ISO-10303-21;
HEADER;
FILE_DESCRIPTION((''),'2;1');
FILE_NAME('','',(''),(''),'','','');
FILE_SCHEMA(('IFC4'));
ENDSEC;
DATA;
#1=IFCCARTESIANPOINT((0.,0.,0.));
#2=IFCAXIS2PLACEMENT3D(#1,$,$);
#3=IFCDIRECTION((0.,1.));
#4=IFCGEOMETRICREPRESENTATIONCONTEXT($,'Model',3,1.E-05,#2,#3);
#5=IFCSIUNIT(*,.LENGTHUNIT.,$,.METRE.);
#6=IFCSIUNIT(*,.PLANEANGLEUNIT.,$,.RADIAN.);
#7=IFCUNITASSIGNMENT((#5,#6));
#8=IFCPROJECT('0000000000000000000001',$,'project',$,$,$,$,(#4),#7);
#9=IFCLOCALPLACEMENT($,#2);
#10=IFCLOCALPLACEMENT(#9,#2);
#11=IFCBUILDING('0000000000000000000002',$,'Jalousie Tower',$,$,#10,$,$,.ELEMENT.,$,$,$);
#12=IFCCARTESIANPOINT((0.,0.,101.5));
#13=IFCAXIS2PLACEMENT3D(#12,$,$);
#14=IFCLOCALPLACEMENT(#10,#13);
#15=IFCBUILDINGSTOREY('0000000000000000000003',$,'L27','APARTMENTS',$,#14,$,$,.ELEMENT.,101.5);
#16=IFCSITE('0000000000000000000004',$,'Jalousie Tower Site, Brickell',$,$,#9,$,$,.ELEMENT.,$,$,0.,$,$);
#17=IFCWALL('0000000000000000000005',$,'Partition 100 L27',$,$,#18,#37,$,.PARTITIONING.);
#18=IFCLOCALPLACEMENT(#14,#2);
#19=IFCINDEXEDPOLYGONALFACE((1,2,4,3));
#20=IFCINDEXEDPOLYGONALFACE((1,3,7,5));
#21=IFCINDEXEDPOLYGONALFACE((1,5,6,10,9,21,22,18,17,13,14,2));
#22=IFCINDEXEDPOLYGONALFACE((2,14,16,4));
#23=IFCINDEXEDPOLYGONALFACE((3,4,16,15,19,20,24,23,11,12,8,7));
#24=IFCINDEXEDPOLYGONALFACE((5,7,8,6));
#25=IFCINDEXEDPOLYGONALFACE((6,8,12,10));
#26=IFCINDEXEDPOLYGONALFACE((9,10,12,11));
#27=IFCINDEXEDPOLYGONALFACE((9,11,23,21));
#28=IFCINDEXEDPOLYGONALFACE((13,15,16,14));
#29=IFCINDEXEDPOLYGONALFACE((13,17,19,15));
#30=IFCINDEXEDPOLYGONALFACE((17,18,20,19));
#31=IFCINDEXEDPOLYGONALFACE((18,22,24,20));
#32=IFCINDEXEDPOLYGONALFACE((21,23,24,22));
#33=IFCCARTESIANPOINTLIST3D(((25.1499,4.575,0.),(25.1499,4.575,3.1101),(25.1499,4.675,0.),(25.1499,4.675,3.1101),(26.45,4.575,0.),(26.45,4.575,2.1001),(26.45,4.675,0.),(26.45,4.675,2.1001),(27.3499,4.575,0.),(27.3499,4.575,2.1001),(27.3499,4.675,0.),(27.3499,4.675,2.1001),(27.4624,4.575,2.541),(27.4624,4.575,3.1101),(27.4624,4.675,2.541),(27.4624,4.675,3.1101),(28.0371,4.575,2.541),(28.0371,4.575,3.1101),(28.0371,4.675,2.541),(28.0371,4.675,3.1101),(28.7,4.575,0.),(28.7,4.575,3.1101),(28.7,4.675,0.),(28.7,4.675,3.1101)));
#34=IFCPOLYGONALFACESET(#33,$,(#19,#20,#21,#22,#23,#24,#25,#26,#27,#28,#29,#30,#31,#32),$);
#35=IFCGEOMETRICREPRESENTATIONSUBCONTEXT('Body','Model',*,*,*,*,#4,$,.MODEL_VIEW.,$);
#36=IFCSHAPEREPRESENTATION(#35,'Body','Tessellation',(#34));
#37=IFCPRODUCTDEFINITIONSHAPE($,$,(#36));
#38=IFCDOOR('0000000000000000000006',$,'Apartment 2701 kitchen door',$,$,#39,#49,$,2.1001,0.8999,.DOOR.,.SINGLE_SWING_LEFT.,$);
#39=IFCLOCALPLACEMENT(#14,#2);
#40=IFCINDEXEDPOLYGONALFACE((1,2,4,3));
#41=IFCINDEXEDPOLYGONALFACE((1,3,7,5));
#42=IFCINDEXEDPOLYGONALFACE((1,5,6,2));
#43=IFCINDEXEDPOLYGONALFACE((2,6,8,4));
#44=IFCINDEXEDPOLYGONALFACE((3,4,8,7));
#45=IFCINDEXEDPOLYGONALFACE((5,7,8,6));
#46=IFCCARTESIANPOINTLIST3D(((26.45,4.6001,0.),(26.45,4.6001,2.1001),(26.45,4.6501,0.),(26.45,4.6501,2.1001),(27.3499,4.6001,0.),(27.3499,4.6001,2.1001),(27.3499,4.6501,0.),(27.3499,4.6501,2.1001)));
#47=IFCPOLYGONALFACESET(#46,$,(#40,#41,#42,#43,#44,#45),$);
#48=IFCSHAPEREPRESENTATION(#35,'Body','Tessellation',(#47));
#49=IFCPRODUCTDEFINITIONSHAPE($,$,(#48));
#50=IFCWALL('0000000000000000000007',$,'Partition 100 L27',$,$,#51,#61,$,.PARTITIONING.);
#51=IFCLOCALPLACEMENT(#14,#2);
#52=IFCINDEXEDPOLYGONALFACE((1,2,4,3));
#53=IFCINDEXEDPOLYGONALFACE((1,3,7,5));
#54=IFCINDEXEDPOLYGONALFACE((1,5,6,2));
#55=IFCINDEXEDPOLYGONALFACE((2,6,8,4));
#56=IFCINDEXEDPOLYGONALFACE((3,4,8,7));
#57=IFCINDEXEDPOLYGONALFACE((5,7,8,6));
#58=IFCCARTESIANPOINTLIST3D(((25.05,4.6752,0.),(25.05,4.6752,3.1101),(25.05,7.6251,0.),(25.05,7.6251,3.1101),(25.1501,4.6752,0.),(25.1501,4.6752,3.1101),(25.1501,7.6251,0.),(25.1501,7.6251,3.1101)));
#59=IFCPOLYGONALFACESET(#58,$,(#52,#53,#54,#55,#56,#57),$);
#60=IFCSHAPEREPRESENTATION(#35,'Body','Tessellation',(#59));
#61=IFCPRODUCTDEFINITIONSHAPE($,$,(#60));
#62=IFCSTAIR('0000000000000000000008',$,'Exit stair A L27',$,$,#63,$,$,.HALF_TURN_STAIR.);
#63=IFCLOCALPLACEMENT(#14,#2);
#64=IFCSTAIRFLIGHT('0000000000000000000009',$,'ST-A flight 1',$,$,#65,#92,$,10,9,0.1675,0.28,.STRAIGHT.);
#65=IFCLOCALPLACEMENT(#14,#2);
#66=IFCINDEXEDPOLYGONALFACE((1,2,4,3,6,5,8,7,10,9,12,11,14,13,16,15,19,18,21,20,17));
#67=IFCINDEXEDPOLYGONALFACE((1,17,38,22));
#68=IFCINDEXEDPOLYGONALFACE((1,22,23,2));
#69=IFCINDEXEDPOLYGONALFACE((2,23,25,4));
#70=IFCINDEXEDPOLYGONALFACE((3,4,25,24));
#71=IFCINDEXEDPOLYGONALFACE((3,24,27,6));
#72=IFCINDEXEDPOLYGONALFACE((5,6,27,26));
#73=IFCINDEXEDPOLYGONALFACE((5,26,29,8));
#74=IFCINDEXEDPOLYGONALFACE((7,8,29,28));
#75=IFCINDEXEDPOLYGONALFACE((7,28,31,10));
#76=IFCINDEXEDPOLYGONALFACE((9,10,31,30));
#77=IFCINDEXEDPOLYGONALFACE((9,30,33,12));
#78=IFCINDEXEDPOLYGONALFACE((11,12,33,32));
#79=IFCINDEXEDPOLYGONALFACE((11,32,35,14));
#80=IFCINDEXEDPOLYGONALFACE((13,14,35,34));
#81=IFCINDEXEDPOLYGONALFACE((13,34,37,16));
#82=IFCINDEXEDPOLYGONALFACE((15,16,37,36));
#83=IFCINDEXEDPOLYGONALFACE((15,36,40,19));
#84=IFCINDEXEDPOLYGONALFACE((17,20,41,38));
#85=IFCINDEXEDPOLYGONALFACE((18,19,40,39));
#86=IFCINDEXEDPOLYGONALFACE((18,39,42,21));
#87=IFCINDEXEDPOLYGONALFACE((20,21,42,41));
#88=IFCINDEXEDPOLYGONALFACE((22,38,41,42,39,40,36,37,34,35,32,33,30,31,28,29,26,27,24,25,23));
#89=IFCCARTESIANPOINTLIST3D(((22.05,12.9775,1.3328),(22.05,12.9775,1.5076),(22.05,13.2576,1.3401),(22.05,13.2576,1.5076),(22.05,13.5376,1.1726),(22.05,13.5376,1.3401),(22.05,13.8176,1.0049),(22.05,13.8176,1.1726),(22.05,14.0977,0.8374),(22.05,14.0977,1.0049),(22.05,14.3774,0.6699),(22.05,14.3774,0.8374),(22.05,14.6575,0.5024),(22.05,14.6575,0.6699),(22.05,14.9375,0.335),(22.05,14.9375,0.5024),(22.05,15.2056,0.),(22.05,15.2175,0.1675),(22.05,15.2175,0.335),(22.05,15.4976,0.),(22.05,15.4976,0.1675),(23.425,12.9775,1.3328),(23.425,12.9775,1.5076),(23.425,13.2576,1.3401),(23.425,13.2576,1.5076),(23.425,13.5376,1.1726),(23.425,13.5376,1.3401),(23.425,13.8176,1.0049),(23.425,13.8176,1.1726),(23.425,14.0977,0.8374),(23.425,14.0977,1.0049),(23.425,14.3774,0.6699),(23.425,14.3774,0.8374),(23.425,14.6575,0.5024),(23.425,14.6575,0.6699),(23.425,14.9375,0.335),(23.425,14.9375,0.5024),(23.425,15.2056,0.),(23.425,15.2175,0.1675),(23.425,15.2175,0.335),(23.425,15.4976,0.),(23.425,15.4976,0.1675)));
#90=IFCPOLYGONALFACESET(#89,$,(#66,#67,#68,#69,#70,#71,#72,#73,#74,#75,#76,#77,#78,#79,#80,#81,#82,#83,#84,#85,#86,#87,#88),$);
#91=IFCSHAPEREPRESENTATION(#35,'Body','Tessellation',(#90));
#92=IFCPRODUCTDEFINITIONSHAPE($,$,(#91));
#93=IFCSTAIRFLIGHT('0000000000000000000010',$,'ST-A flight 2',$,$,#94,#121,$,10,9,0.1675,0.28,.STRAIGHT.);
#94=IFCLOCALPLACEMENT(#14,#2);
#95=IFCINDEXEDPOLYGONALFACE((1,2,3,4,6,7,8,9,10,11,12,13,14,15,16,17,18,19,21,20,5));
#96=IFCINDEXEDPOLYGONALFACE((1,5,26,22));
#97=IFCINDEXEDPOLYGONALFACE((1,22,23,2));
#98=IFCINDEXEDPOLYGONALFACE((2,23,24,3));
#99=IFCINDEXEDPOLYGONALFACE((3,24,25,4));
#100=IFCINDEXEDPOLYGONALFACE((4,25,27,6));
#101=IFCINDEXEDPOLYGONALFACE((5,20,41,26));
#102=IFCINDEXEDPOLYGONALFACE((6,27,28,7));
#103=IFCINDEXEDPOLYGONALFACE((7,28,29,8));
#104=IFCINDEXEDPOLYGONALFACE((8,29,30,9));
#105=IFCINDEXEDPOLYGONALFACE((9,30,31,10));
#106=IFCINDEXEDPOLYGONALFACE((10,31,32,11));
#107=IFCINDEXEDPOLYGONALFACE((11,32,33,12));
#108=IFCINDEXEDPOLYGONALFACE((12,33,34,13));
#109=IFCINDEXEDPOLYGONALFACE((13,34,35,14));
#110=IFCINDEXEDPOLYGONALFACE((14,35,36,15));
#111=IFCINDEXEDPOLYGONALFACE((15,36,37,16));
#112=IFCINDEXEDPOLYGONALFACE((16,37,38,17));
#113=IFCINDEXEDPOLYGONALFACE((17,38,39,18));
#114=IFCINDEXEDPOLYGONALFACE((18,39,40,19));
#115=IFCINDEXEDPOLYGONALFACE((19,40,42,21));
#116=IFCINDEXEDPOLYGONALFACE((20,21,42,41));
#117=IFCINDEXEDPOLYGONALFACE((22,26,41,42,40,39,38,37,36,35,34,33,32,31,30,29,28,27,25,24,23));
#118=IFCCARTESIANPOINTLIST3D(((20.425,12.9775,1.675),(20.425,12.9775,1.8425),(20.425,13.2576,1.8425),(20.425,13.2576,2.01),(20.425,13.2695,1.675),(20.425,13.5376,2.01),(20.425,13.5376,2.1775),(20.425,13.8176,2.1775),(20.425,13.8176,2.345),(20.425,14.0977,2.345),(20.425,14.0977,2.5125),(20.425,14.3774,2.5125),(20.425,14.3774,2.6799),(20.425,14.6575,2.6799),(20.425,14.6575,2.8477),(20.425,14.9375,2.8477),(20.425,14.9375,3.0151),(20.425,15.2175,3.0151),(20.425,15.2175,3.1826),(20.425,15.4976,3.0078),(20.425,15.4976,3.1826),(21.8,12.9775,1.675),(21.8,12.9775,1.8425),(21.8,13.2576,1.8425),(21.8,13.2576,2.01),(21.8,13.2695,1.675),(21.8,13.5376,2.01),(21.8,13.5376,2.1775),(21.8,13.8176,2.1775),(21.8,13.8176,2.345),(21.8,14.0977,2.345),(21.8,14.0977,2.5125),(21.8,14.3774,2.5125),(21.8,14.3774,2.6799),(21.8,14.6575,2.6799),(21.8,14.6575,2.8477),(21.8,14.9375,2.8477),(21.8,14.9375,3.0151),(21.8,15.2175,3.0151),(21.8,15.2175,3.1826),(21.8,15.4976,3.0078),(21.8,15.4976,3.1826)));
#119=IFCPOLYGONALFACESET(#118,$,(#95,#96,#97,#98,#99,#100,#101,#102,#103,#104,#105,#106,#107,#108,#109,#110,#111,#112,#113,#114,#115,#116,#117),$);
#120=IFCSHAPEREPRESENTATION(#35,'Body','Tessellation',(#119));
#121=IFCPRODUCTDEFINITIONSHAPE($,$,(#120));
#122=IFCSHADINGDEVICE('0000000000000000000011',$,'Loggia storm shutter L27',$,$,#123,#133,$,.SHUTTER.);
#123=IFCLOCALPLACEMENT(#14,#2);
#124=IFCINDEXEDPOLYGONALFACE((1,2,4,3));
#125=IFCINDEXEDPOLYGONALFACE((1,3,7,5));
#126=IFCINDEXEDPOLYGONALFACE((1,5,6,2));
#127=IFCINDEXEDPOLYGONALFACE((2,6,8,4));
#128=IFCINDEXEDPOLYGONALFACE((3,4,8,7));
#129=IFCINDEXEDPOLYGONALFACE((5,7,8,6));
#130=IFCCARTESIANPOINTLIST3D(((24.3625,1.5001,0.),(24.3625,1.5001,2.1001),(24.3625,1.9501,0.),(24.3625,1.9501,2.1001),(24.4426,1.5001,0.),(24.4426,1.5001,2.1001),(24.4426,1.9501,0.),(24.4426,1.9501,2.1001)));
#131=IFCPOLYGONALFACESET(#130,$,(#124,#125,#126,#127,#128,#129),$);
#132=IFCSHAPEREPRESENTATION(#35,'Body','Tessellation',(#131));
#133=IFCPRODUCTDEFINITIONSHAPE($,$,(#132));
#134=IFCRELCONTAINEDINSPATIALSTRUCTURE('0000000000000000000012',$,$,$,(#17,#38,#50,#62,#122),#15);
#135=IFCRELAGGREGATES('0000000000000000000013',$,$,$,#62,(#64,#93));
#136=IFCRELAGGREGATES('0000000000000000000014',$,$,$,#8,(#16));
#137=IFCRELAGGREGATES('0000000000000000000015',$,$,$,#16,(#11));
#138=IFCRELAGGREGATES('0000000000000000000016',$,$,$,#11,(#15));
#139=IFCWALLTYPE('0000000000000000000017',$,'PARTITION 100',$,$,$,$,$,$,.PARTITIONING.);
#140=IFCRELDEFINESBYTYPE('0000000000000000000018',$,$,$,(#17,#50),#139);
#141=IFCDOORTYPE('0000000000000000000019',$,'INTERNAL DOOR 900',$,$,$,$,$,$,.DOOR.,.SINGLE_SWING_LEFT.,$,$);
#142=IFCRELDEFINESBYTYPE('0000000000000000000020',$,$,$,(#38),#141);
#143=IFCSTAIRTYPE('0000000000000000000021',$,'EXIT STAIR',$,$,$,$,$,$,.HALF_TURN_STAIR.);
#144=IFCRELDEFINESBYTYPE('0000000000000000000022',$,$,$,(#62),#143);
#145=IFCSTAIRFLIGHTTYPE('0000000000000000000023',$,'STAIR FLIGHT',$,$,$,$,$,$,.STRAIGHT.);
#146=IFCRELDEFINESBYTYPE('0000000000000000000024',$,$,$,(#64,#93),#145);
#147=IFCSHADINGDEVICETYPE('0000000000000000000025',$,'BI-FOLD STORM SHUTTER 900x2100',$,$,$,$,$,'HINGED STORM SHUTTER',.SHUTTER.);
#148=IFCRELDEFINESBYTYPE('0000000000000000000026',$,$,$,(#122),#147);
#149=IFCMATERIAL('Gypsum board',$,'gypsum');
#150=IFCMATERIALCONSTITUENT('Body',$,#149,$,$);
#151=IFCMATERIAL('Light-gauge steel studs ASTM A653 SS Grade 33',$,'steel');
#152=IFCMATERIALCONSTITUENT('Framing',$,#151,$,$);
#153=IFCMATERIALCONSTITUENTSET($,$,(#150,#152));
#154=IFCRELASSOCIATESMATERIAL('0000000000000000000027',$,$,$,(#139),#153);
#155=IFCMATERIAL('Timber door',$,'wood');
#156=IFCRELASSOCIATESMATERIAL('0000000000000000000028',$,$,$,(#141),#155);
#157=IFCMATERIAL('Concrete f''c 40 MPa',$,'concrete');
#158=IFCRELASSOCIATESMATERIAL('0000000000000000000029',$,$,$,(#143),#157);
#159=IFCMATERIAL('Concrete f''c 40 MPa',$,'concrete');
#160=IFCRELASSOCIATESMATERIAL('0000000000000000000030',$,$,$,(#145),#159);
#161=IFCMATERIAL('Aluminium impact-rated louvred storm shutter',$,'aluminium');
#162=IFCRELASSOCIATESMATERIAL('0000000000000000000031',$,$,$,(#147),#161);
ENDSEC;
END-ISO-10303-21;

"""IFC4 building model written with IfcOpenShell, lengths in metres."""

from ifc_helpers import new_model, si_unit, direction, frame, frame_2d, origin, origin_2d, place, context, subcontext, project, spatial, polyline, rectangle, outline, extrude, material, constituent, constituent_set, type_object, element, fill, aggregate, save


model = new_model("IFC4")

# Units and contexts
model_context = context("Model", 3, precision=1e-05, world=origin(), true_north=direction((0.0, 1.0)))
body_context = subcontext(model_context, "Body", "Model", "MODEL_VIEW")
ifc_project = project(units=[si_unit("LENGTHUNIT", "METRE"), si_unit("PLANEANGLEUNIT", "RADIAN")], contexts=[model_context])

# Site, building, storey
site_placement = place(None, origin())
site = spatial("IfcSite", under=ifc_project, at=site_placement, Name="Jalousie Tower Site, Brickell", CompositionType="ELEMENT", RefElevation=0.0)
building_placement = place(site_placement, origin())
building = spatial("IfcBuilding", under=site, at=building_placement, Name="Jalousie Tower", CompositionType="ELEMENT")
storey_placement = place(building_placement, frame((0.0, 0.0, 101.5)))
storey = spatial("IfcBuildingStorey", under=building, at=storey_placement, Name="L27", Description="APARTMENTS", CompositionType="ELEMENT", Elevation=101.5)

# Wall, opening, door
ifc_material_1 = material(Name="Gypsum board", Category="gypsum")
ifc_constituent_1 = constituent(ifc_material_1, Name="Body")
ifc_material_2 = material(Name="Light-gauge steel studs ASTM A653 SS Grade 33", Category="steel")
ifc_constituent_2 = constituent(ifc_material_2, Name="Framing")
ifc_constituent_set_1 = constituent_set(constituents=[ifc_constituent_1, ifc_constituent_2])
wall_type_1 = type_object("IfcWallType", Name="PARTITION 100", PredefinedType="PARTITIONING", material=ifc_constituent_set_1)
wall_1_placement = place(storey_placement, frame((25.1499, 4.625, 0.0), z_axis=(0.0, 0.0, 1.0), x_axis=(1.0, 0.0, 0.0)))
wall_1 = element("IfcWall", 1, at=wall_1_placement, inside=storey, type_object=wall_type_1, Name="Partition 100 L27", PredefinedType="PARTITIONING", context=body_context, shape_type="SweptSolid", body=[
    extrude(outline(polyline([(0.0, 0.0), (3.55, 0.0), (3.55, 3.1101), (2.8872, 3.1101), (2.8872, 2.541), (2.3125, 2.541), (2.3125, 3.1101), (0.0, 3.1101), (0.0, 0.0)])), frame((0.0, 0.05, 0.0), z_axis=(0.0, -1.0, 0.0), x_axis=(1.0, 0.0, 0.0)), (0.0, 0.0, 1.0), 0.1001),
])
opening_1_placement = place(wall_1_placement, frame((1.3, 0.0, 0.0)))
opening_1 = element("IfcOpeningElement", 2, at=opening_1_placement, cuts=wall_1, PredefinedType="OPENING", context=body_context, shape_type="SweptSolid", body=[
    extrude(rectangle(XDim=0.8999, YDim=2.1001, at=frame_2d((0.45, 1.05))), frame((0.0, 0.0601, 0.0), z_axis=(0.0, -1.0, 0.0), x_axis=(1.0, 0.0, 0.0)), (0.0, 0.0, 1.0), 0.1201),
])
ifc_material_3 = material(Name="Timber door", Category="wood")
door_type_1 = type_object("IfcDoorType", Name="INTERNAL DOOR 900", OperationType="SINGLE_SWING_LEFT", PredefinedType="DOOR", material=ifc_material_3)
door_1_placement = place(opening_1_placement, frame((0.8999, 0.0, 0.0), z_axis=(0.0, 0.0, 1.0), x_axis=(-1.0, 0.0, 0.0)))
door_1 = element("IfcDoor", 3, at=door_1_placement, inside=storey, type_object=door_type_1, Name="Apartment 2701 kitchen door", OperationType="SINGLE_SWING_LEFT", OverallHeight=2.1001, OverallWidth=0.8999, PredefinedType="DOOR", context=body_context, shape_type="SweptSolid", body=[
    extrude(rectangle(XDim=0.8999, YDim=2.1001, at=frame_2d((0.45, 1.05))), frame((0.0, 0.0249, 0.0), z_axis=(0.0, -1.0, 0.0), x_axis=(1.0, 0.0, 0.0)), (0.0, 0.0, 1.0), 0.05),
])
fill(opening_1, door_1)

# Wall
wall_2_placement = place(storey_placement, frame((25.1001, 4.675, 0.0), z_axis=(0.0, 0.0, 1.0), x_axis=(0.0, 1.0, 0.0)))
element("IfcWall", 4, at=wall_2_placement, inside=storey, type_object=wall_type_1, Name="Partition 100 L27", PredefinedType="PARTITIONING", context=body_context, shape_type="SweptSolid", body=[
    extrude(rectangle(XDim=2.95, YDim=0.1001, at=frame_2d((1.4751, 0.0))), origin(), (0.0, 0.0, 1.0), 3.1101),
])

# Stair, stair flights
ifc_material_4 = material(Name="Concrete f'c 40 MPa", Category="concrete")
stair_type = type_object("IfcStairType", Name="EXIT STAIR", PredefinedType="HALF_TURN_STAIR", material=ifc_material_4)
stair_placement = place(storey_placement, origin())
stair = element("IfcStair", 5, at=stair_placement, inside=storey, type_object=stair_type, Name="Exit stair A L27", PredefinedType="HALF_TURN_STAIR")
ifc_material_5 = material(Name="Concrete f'c 40 MPa", Category="concrete")
stair_flight_type = type_object("IfcStairFlightType", Name="STAIR FLIGHT", PredefinedType="STRAIGHT", material=ifc_material_5)
stair_flight_1_placement = place(storey_placement, frame((22.7375, 15.4976, 0.0), z_axis=(0.0, 0.0, 1.0), x_axis=(0.0, -1.0, 0.0)))
stair_flight_1 = element("IfcStairFlight", 6, at=stair_flight_1_placement, type_object=stair_flight_type, Name="ST-A flight 1", NumberOfRisers=10, NumberOfTreads=9, PredefinedType="STRAIGHT", RiserHeight=0.1675, TreadLength=0.28, context=body_context, shape_type="SweptSolid", body=[
    extrude(outline(polyline([(0.0, 0.0), (0.0, 0.1675), (0.28, 0.1675), (0.28, 0.335), (0.5601, 0.335), (0.5601, 0.5024), (0.8401, 0.5024), (0.8401, 0.6699), (1.1201, 0.6699), (1.1201, 0.8374), (1.3999, 0.8374), (1.3999, 1.0049), (1.6799, 1.0049), (1.6799, 1.1726), (1.96, 1.1726), (1.96, 1.3401), (2.24, 1.3401), (2.24, 1.5076), (2.52, 1.5076), (2.52, 1.675), (2.52, 1.3328), (0.292, 0.0), (0.0, 0.0)])), frame((0.0, 0.6875, 0.0), z_axis=(0.0, -1.0, 0.0), x_axis=(1.0, 0.0, 0.0)), (0.0, 0.0, 1.0), 1.375),
])
stair_flight_2_placement = place(storey_placement, frame((21.1125, 12.9775, 1.675), z_axis=(0.0, 0.0, 1.0), x_axis=(0.0, 1.0, 0.0)))
stair_flight_2 = element("IfcStairFlight", 7, at=stair_flight_2_placement, type_object=stair_flight_type, Name="ST-A flight 2", NumberOfRisers=10, NumberOfTreads=9, PredefinedType="STRAIGHT", RiserHeight=0.1675, TreadLength=0.28, context=body_context, shape_type="SweptSolid", body=[
    extrude(outline(polyline([(0.0, 0.0), (0.0, 0.1675), (0.28, 0.1675), (0.28, 0.335), (0.5601, 0.335), (0.5601, 0.5024), (0.8401, 0.5024), (0.8401, 0.6699), (1.1201, 0.6699), (1.1201, 0.8374), (1.3999, 0.8374), (1.3999, 1.0049), (1.6799, 1.0049), (1.6799, 1.1726), (1.96, 1.1726), (1.96, 1.3401), (2.24, 1.3401), (2.24, 1.5076), (2.52, 1.5076), (2.52, 1.675), (2.52, 1.3328), (0.292, 0.0), (0.0, 0.0)])), frame((0.0, 0.6875, 0.0), z_axis=(0.0, -1.0, 0.0), x_axis=(1.0, 0.0, 0.0)), (0.0, 0.0, 1.0), 1.375),
])
aggregate(stair, [stair_flight_1, stair_flight_2])

# Shading device
ifc_material_6 = material(Name="Aluminium impact-rated louvred storm shutter", Category="aluminium")
shading_device_type = type_object("IfcShadingDeviceType", Name="BI-FOLD STORM SHUTTER 900x2100", ElementType="HINGED STORM SHUTTER", PredefinedType="SHUTTER", material=ifc_material_6)
shading_device_placement = place(storey_placement, frame((24.4026, 1.7251, 0.0), z_axis=(0.0, 0.0, 1.0), x_axis=(0.0, 1.0, 0.0)))
element("IfcShadingDevice", 8, at=shading_device_placement, inside=storey, type_object=shading_device_type, Name="Loggia storm shutter L27", PredefinedType="SHUTTER", context=body_context, shape_type="SweptSolid", body=[
    extrude(rectangle(XDim=0.45, YDim=0.0801, at=origin_2d()), origin(), (0.0, 0.0, 1.0), 2.1001),
])

save(model, "model.ifc")
